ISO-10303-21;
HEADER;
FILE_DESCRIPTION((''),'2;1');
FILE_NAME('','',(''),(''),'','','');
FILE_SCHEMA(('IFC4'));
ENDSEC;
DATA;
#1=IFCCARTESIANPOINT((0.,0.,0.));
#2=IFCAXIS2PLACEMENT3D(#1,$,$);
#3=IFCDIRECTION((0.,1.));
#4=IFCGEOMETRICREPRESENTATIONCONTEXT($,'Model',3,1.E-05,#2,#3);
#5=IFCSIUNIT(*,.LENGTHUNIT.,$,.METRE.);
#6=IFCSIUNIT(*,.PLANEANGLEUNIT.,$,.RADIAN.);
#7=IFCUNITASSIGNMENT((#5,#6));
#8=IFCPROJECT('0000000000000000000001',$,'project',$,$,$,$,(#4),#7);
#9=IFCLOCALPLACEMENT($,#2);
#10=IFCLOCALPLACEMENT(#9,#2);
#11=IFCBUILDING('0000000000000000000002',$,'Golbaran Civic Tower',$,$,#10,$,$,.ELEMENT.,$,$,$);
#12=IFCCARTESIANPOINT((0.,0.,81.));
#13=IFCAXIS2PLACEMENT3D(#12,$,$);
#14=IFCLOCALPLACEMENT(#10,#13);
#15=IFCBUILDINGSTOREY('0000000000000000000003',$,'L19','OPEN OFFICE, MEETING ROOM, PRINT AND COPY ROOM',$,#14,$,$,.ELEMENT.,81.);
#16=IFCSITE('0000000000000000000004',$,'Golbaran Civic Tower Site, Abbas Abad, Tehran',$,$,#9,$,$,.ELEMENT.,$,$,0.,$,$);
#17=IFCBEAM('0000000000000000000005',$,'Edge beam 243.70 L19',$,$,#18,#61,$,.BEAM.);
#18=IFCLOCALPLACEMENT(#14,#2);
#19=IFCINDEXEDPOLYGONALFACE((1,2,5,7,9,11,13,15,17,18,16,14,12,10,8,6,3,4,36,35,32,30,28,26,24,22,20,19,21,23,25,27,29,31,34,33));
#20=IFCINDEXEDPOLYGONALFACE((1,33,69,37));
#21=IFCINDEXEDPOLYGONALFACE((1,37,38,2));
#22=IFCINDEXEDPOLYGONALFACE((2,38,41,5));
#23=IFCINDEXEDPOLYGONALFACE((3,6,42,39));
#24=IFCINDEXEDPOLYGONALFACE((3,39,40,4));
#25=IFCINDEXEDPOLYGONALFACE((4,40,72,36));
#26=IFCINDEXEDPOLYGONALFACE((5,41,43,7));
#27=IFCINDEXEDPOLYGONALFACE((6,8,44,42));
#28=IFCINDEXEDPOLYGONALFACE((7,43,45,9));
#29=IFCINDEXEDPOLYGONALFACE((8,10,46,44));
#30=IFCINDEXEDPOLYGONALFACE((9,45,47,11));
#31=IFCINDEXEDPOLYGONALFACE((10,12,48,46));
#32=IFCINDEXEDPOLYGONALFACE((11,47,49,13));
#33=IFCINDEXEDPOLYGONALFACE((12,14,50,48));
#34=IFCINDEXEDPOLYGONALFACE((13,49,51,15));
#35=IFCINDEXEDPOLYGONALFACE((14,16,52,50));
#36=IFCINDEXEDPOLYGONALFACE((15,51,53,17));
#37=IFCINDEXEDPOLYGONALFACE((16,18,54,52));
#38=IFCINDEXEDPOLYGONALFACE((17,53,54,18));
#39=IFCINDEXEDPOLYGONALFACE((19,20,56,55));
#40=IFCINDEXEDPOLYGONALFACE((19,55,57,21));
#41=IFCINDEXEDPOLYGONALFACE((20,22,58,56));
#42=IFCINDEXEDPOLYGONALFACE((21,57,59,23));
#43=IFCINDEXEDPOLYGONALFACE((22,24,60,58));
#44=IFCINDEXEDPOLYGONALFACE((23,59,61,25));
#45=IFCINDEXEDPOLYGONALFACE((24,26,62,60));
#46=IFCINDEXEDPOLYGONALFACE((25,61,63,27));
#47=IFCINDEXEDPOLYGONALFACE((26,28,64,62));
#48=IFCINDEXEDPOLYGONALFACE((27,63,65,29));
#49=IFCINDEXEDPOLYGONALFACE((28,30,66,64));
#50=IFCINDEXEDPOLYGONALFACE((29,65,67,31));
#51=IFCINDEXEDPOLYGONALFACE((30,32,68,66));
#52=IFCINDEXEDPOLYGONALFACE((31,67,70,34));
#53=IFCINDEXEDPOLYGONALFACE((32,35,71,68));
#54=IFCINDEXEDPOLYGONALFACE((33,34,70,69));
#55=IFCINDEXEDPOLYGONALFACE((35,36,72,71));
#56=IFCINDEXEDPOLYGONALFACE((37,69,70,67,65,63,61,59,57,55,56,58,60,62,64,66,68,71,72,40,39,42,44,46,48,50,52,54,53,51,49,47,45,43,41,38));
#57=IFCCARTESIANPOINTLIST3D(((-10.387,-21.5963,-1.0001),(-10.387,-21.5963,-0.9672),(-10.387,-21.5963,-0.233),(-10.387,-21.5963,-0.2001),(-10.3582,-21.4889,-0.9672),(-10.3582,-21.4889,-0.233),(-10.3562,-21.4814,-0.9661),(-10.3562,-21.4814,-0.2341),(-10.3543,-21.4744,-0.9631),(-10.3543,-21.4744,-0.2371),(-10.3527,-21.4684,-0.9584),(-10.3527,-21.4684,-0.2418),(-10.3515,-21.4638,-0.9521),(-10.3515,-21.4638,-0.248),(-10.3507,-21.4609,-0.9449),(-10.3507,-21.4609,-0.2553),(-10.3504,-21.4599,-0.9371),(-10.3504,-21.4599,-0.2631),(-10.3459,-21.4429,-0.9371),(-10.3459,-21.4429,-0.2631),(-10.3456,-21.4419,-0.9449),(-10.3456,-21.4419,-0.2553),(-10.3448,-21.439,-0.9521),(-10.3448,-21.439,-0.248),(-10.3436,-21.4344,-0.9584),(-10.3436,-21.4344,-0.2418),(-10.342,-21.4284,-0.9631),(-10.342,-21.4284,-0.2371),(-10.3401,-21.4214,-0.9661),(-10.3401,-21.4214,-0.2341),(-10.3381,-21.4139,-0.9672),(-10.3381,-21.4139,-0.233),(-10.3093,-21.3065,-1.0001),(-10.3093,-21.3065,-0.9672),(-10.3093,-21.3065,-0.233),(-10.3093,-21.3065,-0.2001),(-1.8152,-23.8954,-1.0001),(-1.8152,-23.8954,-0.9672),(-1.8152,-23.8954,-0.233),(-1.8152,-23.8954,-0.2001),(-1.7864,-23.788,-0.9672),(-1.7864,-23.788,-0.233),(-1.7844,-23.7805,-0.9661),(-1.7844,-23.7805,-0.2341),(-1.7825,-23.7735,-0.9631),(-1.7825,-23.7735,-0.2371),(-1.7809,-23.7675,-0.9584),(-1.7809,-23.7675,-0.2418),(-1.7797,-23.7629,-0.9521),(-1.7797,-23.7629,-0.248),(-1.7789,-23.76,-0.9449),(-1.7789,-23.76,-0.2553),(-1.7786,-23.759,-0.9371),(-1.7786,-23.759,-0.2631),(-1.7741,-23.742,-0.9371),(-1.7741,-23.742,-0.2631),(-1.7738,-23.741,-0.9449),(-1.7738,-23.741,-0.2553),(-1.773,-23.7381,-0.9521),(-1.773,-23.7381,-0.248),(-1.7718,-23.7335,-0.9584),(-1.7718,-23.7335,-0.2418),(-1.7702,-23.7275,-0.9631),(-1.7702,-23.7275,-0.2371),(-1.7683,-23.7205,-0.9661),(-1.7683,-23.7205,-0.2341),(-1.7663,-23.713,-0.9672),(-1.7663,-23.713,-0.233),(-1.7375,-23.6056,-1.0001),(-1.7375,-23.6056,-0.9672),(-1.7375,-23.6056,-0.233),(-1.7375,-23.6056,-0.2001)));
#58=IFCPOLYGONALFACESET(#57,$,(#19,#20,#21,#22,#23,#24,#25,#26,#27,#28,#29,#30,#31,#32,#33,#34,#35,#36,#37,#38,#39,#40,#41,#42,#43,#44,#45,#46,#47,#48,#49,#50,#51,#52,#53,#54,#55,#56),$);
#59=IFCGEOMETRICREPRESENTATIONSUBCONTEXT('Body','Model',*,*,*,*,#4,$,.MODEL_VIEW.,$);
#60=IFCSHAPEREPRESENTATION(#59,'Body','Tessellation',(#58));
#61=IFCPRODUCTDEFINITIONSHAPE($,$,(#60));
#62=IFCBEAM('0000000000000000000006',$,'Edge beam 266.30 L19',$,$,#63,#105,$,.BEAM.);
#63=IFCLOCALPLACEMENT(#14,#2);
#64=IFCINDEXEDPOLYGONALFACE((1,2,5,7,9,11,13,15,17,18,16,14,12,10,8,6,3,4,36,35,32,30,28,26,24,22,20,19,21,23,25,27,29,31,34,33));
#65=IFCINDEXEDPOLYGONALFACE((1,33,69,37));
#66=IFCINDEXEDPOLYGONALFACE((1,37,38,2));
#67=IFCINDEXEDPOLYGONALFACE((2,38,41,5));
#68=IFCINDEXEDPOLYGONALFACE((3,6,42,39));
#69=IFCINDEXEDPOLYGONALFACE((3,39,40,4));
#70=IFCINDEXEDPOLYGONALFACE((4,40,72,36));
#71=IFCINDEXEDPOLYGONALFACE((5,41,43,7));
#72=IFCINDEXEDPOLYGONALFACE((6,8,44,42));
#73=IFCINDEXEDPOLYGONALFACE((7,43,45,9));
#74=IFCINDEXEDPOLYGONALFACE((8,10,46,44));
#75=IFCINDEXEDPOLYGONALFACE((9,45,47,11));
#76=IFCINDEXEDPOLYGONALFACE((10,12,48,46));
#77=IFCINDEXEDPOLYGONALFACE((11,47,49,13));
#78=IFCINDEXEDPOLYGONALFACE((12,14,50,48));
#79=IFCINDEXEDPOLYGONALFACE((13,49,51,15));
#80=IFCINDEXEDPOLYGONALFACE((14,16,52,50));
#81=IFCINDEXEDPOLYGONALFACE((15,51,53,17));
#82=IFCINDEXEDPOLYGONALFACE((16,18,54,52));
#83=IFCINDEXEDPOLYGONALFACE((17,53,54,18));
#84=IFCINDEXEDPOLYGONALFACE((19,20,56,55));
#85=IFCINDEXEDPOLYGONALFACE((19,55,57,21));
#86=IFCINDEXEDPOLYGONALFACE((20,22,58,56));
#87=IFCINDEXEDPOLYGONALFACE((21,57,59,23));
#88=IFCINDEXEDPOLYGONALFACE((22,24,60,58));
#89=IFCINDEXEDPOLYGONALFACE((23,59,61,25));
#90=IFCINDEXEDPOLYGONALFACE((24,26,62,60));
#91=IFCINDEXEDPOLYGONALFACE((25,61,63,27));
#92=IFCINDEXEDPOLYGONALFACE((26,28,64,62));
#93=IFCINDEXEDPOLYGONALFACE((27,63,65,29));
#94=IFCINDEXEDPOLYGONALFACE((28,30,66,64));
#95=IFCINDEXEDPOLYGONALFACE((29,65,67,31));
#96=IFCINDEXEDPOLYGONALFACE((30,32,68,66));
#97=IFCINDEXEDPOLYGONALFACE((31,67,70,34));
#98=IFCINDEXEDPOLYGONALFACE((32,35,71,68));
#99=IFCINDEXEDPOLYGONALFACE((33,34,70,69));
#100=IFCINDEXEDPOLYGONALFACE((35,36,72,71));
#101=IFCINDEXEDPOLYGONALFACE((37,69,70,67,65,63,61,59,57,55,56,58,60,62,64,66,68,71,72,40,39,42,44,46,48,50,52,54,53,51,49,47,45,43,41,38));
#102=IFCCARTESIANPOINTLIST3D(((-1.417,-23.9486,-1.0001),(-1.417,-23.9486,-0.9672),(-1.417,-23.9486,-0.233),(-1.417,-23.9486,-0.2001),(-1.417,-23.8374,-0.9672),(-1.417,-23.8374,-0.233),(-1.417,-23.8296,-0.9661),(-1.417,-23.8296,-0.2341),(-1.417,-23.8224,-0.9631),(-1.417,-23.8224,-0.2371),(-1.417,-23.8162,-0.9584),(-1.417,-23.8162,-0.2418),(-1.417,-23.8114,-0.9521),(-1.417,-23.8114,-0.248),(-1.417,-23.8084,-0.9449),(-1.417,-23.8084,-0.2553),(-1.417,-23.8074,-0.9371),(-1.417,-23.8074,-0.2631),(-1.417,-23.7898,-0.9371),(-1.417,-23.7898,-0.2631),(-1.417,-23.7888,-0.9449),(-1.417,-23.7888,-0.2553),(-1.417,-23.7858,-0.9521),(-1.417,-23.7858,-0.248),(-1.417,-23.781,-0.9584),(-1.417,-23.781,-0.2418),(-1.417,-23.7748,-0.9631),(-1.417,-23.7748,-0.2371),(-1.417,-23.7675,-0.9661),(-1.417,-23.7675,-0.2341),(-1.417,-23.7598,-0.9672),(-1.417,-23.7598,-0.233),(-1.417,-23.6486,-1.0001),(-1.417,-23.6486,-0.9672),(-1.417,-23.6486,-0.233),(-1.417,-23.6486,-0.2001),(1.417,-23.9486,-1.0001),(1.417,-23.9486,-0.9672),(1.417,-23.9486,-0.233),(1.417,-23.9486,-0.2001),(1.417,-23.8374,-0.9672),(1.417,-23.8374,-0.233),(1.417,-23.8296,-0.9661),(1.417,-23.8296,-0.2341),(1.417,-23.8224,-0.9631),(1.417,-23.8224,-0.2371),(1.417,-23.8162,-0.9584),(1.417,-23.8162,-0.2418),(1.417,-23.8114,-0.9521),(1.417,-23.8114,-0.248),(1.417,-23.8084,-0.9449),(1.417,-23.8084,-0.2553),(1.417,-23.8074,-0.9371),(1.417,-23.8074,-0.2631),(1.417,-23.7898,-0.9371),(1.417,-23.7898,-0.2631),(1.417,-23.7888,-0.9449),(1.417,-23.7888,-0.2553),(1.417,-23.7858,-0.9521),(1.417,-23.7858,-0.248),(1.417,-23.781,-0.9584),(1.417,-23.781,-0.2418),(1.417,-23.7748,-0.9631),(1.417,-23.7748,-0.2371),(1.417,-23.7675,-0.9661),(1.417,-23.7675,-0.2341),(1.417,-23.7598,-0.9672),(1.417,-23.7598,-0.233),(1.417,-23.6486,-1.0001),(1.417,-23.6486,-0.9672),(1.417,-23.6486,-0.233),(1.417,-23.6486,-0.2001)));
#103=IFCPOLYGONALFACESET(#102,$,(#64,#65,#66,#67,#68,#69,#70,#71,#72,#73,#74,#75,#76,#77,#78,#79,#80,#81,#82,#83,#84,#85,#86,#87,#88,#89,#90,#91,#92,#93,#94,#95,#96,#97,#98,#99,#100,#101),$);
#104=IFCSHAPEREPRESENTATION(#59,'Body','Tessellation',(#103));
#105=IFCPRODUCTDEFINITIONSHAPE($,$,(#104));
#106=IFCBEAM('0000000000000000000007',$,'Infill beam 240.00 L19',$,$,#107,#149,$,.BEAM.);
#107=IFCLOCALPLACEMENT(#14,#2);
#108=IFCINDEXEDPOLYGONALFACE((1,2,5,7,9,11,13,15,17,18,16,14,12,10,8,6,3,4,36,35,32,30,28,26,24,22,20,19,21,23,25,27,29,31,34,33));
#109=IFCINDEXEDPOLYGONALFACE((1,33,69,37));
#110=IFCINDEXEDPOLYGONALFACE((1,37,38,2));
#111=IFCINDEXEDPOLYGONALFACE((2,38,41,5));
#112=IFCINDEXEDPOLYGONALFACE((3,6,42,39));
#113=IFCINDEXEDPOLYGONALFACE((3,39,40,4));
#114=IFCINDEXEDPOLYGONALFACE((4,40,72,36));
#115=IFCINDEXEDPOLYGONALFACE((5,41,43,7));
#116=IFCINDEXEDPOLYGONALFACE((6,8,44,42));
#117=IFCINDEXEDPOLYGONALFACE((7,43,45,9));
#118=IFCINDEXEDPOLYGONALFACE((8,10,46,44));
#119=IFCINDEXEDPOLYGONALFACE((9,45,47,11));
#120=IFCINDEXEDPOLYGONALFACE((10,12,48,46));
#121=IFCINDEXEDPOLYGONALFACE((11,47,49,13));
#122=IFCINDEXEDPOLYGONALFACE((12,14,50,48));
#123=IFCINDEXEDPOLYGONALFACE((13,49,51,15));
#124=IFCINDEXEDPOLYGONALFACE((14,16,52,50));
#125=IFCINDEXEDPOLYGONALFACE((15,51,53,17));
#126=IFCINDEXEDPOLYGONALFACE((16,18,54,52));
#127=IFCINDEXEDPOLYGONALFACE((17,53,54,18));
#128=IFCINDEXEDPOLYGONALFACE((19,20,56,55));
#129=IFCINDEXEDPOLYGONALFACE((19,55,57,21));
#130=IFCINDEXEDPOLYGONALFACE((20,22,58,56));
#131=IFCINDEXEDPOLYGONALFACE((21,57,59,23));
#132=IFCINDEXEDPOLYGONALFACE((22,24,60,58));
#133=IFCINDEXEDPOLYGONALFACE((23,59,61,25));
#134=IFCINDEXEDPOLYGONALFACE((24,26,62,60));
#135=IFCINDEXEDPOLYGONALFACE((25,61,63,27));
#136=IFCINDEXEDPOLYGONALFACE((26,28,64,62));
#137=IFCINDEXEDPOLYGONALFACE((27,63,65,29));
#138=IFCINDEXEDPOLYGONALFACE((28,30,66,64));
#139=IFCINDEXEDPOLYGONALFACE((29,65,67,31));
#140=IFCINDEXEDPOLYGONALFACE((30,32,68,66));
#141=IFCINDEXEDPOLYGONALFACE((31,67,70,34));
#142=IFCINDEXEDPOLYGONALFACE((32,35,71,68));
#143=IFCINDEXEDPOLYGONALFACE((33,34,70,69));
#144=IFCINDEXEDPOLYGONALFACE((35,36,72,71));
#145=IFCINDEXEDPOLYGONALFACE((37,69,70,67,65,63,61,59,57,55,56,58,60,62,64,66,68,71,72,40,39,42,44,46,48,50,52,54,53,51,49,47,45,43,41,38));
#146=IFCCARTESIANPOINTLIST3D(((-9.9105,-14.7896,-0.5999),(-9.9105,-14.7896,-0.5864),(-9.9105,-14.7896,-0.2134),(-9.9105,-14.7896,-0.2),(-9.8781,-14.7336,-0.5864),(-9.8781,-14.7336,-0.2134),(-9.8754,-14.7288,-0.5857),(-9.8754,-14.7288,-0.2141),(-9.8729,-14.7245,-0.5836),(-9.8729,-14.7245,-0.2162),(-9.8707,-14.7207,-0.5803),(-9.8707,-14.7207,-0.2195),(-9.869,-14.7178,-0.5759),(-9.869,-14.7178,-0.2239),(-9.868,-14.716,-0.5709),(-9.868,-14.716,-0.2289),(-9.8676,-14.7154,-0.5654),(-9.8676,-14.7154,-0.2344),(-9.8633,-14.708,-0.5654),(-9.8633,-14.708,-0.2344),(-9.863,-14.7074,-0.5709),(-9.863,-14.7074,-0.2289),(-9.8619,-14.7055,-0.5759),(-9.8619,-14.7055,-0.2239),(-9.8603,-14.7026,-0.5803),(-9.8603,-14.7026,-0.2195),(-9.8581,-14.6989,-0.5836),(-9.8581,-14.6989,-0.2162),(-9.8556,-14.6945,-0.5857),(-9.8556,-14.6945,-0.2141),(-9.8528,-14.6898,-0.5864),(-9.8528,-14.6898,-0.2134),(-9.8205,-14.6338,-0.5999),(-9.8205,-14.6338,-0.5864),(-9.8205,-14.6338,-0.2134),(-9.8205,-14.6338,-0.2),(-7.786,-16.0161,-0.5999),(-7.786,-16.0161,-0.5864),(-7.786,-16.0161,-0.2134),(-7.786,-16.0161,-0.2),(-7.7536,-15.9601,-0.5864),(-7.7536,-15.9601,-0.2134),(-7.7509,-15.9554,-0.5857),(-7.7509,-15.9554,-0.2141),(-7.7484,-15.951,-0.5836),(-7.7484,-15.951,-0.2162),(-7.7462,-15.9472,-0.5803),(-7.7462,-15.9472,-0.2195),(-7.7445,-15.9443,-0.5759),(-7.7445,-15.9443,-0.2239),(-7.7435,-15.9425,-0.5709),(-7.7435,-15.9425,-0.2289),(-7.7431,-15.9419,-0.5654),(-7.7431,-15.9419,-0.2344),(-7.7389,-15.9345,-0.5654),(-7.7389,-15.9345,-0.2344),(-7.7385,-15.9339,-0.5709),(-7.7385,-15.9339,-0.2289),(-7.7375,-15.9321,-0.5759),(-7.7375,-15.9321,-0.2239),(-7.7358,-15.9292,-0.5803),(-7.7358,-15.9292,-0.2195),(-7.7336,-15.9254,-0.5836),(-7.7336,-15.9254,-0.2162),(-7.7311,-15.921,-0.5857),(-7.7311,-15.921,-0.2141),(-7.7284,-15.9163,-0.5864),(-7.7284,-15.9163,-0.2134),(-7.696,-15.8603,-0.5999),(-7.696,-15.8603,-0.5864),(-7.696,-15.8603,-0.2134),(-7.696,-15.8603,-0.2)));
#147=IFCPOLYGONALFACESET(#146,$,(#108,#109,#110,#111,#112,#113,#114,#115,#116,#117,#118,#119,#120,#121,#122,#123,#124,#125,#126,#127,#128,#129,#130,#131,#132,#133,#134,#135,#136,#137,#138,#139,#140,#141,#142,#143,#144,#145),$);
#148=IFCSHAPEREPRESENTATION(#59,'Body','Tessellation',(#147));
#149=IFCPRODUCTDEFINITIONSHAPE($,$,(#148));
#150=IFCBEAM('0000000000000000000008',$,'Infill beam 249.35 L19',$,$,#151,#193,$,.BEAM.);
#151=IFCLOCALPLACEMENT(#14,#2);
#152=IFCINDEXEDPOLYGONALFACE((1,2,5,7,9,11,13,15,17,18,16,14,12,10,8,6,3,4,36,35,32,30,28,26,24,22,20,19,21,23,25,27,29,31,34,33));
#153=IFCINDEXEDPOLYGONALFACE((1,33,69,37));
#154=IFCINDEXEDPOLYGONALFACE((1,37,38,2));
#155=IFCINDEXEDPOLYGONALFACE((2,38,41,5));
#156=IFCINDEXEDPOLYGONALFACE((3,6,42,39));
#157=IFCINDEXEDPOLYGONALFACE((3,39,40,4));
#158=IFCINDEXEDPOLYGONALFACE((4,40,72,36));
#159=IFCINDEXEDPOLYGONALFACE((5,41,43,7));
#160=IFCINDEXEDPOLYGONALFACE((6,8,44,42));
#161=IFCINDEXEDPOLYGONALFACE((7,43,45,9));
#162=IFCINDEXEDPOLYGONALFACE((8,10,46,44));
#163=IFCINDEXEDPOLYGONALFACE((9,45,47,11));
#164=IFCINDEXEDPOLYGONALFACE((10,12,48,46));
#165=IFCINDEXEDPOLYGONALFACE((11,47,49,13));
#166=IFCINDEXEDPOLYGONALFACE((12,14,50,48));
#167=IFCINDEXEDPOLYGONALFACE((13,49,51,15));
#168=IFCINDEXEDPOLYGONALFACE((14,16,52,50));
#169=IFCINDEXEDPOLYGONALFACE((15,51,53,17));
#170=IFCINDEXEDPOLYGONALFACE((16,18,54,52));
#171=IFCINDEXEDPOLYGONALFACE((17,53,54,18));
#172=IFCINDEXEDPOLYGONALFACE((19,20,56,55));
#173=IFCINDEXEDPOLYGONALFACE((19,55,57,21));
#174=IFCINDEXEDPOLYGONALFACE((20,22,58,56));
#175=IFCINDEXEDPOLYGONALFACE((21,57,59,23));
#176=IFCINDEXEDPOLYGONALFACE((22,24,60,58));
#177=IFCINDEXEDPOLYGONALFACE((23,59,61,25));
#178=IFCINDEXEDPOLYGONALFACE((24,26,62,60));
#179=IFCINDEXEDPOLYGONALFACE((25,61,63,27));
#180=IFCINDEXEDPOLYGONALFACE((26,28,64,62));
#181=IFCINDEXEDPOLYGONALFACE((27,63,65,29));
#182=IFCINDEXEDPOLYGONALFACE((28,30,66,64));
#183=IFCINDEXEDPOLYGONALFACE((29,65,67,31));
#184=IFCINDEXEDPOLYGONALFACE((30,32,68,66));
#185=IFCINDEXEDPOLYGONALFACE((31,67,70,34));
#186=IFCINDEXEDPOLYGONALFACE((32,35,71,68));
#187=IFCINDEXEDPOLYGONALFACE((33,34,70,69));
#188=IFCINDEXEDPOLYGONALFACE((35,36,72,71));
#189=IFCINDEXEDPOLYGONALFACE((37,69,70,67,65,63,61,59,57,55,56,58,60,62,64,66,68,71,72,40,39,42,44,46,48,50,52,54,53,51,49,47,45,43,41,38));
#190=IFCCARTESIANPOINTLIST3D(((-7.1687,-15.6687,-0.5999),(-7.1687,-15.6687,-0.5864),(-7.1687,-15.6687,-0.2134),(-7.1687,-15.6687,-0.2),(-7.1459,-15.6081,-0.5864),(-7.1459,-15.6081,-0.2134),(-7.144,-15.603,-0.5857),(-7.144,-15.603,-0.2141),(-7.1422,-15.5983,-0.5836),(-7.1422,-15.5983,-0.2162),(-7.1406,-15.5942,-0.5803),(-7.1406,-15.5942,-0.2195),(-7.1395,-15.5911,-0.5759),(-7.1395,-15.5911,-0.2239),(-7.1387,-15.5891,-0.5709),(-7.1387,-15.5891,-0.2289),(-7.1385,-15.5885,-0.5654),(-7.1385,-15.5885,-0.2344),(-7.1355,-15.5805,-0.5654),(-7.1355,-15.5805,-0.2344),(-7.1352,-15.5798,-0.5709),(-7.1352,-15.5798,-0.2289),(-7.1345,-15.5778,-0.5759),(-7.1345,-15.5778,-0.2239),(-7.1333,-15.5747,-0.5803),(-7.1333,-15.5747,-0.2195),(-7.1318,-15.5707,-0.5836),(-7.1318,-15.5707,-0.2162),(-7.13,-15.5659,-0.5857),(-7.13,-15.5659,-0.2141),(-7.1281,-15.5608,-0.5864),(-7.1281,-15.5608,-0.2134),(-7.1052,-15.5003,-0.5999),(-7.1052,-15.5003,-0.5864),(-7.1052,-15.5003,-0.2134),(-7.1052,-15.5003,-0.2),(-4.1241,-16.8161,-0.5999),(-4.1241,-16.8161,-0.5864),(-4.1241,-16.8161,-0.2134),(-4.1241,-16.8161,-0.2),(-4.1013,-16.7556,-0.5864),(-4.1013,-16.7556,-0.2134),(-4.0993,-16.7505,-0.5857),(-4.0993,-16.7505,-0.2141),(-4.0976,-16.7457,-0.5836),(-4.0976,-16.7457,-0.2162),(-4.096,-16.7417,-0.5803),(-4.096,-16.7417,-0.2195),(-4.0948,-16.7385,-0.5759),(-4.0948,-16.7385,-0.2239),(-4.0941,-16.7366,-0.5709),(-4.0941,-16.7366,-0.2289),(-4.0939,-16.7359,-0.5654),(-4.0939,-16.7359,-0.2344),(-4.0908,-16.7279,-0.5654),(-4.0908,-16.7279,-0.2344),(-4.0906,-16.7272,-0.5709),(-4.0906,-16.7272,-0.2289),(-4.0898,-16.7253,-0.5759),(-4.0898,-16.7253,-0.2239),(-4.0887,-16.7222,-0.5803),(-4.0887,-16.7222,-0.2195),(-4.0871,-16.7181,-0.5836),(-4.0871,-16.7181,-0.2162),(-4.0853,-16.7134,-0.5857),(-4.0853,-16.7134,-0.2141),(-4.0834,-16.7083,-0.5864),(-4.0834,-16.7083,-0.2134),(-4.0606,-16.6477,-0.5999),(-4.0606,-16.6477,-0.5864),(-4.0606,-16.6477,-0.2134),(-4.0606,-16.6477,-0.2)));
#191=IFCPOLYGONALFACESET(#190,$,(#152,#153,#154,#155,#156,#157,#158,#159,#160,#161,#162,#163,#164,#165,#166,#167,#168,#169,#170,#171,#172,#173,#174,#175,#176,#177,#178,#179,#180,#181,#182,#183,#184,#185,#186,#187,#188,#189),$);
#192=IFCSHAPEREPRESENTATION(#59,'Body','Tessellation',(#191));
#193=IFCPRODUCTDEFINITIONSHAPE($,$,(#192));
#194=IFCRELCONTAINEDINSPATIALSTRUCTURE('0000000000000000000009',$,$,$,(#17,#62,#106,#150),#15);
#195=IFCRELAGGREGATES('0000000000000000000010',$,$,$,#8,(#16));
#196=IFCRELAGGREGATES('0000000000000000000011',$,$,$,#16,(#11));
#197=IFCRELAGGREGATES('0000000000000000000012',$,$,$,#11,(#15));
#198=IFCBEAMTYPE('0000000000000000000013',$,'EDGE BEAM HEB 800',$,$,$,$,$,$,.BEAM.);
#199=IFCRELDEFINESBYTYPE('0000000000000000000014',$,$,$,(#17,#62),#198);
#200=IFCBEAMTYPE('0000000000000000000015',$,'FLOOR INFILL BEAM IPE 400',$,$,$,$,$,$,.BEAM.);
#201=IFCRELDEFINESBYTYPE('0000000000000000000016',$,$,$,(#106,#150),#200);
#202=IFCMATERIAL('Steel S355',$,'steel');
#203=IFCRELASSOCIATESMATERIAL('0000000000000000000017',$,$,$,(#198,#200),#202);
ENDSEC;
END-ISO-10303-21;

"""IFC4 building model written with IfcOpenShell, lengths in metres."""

from ifc_helpers import new_model, si_unit, direction, frame, origin, origin_2d, place, context, subcontext, project, spatial, i_section, extrude, material, material_profile, profile_set, type_object, element, save


model = new_model("IFC4")

# Units and contexts
model_context = context("Model", 3, precision=1e-05, world=origin(), true_north=direction((0.0, 1.0)))
body_context = subcontext(model_context, "Body", "Model", "MODEL_VIEW")
ifc_project = project(units=[si_unit("LENGTHUNIT", "METRE"), si_unit("PLANEANGLEUNIT", "RADIAN")], contexts=[model_context])

# Site, building, storey
site_placement = place(None, origin())
site = spatial("IfcSite", under=ifc_project, at=site_placement, Name="Golbaran Civic Tower Site, Abbas Abad, Tehran", CompositionType="ELEMENT", RefElevation=0.0)
building_placement = place(site_placement, origin())
building = spatial("IfcBuilding", under=site, at=building_placement, Name="Golbaran Civic Tower", CompositionType="ELEMENT")
storey_placement = place(building_placement, frame((0.0, 0.0, 81.0)))
storey = spatial("IfcBuildingStorey", under=building, at=storey_placement, Name="L19", Description="OPEN OFFICE, MEETING ROOM, PRINT AND COPY ROOM", CompositionType="ELEMENT", Elevation=81.0)

# Beams
ifc_material_1 = material(Name="Steel S355", Category="steel")
ifc_material_profile_1 = material_profile(ifc_material_1, i_section(OverallWidth=0.3, OverallDepth=0.8, WebThickness=0.0176, FlangeThickness=0.033, FilletRadius=0.03, at=origin_2d()), Name="HEB 800")
ifc_profile_set_1 = profile_set([ifc_material_profile_1], Name="Steel S355")
beam_type_1 = type_object("IfcBeamType", Name="EDGE BEAM HEB 800", PredefinedType="BEAM", material=ifc_profile_set_1)
beam_1_placement = place(storey_placement, frame((-10.3481, -21.4514, -0.6001), z_axis=(0.965862, -0.259058, 0.0), x_axis=(0.259058, 0.965862, 0.0)))
element("IfcBeam", 1, at=beam_1_placement, inside=storey, type_object=beam_type_1, Name="Edge beam 243.70 L19", PredefinedType="BEAM", context=body_context, shape_type="SweptSolid", body=[
    extrude(i_section(OverallWidth=0.3, OverallDepth=0.8, WebThickness=0.0176, FlangeThickness=0.033, FilletRadius=0.03, at=origin_2d()), origin(), (0.0, 0.0, 1.0), 8.8748),
])
beam_2_placement = place(storey_placement, frame((-1.417, -23.7986, -0.6001), z_axis=(1.0, 0.0, 0.0), x_axis=(0.0, 1.0, 0.0)))
element("IfcBeam", 2, at=beam_2_placement, inside=storey, type_object=beam_type_1, Name="Edge beam 266.30 L19", PredefinedType="BEAM", context=body_context, shape_type="SweptSolid", body=[
    extrude(i_section(OverallWidth=0.3, OverallDepth=0.8, WebThickness=0.0176, FlangeThickness=0.033, FilletRadius=0.03, at=origin_2d()), origin(), (0.0, 0.0, 1.0), 2.834),
])
ifc_material_profile_2 = material_profile(ifc_material_1, i_section(OverallWidth=0.1799, OverallDepth=0.3999, WebThickness=0.0085, FlangeThickness=0.0134, FilletRadius=0.021, at=origin_2d()), Name="IPE 400")
ifc_profile_set_2 = profile_set([ifc_material_profile_2], Name="Steel S355")
beam_type_2 = type_object("IfcBeamType", Name="FLOOR INFILL BEAM IPE 400", PredefinedType="BEAM", material=ifc_profile_set_2)
beam_3_placement = place(storey_placement, frame((-9.8655, -14.7117, -0.3999), z_axis=(0.86603, -0.499992, 0.0), x_axis=(0.499992, 0.86603, 0.0)))
element("IfcBeam", 3, at=beam_3_placement, inside=storey, type_object=beam_type_2, Name="Infill beam 240.00 L19", PredefinedType="BEAM", context=body_context, shape_type="SweptSolid", body=[
    extrude(i_section(OverallWidth=0.1799, OverallDepth=0.3999, WebThickness=0.0085, FlangeThickness=0.0134, FilletRadius=0.021, at=origin_2d()), origin(), (0.0, 0.0, 1.0), 2.4531),
])
beam_4_placement = place(storey_placement, frame((-7.137, -15.5845, -0.3999), z_axis=(0.935751, -0.352661, 0.0), x_axis=(0.352661, 0.935751, 0.0)))
element("IfcBeam", 4, at=beam_4_placement, inside=storey, type_object=beam_type_2, Name="Infill beam 249.35 L19", PredefinedType="BEAM", context=body_context, shape_type="SweptSolid", body=[
    extrude(i_section(OverallWidth=0.1799, OverallDepth=0.3999, WebThickness=0.0085, FlangeThickness=0.0134, FilletRadius=0.021, at=origin_2d()), origin(), (0.0, 0.0, 1.0), 3.2537),
])

save(model, "model.ifc")
